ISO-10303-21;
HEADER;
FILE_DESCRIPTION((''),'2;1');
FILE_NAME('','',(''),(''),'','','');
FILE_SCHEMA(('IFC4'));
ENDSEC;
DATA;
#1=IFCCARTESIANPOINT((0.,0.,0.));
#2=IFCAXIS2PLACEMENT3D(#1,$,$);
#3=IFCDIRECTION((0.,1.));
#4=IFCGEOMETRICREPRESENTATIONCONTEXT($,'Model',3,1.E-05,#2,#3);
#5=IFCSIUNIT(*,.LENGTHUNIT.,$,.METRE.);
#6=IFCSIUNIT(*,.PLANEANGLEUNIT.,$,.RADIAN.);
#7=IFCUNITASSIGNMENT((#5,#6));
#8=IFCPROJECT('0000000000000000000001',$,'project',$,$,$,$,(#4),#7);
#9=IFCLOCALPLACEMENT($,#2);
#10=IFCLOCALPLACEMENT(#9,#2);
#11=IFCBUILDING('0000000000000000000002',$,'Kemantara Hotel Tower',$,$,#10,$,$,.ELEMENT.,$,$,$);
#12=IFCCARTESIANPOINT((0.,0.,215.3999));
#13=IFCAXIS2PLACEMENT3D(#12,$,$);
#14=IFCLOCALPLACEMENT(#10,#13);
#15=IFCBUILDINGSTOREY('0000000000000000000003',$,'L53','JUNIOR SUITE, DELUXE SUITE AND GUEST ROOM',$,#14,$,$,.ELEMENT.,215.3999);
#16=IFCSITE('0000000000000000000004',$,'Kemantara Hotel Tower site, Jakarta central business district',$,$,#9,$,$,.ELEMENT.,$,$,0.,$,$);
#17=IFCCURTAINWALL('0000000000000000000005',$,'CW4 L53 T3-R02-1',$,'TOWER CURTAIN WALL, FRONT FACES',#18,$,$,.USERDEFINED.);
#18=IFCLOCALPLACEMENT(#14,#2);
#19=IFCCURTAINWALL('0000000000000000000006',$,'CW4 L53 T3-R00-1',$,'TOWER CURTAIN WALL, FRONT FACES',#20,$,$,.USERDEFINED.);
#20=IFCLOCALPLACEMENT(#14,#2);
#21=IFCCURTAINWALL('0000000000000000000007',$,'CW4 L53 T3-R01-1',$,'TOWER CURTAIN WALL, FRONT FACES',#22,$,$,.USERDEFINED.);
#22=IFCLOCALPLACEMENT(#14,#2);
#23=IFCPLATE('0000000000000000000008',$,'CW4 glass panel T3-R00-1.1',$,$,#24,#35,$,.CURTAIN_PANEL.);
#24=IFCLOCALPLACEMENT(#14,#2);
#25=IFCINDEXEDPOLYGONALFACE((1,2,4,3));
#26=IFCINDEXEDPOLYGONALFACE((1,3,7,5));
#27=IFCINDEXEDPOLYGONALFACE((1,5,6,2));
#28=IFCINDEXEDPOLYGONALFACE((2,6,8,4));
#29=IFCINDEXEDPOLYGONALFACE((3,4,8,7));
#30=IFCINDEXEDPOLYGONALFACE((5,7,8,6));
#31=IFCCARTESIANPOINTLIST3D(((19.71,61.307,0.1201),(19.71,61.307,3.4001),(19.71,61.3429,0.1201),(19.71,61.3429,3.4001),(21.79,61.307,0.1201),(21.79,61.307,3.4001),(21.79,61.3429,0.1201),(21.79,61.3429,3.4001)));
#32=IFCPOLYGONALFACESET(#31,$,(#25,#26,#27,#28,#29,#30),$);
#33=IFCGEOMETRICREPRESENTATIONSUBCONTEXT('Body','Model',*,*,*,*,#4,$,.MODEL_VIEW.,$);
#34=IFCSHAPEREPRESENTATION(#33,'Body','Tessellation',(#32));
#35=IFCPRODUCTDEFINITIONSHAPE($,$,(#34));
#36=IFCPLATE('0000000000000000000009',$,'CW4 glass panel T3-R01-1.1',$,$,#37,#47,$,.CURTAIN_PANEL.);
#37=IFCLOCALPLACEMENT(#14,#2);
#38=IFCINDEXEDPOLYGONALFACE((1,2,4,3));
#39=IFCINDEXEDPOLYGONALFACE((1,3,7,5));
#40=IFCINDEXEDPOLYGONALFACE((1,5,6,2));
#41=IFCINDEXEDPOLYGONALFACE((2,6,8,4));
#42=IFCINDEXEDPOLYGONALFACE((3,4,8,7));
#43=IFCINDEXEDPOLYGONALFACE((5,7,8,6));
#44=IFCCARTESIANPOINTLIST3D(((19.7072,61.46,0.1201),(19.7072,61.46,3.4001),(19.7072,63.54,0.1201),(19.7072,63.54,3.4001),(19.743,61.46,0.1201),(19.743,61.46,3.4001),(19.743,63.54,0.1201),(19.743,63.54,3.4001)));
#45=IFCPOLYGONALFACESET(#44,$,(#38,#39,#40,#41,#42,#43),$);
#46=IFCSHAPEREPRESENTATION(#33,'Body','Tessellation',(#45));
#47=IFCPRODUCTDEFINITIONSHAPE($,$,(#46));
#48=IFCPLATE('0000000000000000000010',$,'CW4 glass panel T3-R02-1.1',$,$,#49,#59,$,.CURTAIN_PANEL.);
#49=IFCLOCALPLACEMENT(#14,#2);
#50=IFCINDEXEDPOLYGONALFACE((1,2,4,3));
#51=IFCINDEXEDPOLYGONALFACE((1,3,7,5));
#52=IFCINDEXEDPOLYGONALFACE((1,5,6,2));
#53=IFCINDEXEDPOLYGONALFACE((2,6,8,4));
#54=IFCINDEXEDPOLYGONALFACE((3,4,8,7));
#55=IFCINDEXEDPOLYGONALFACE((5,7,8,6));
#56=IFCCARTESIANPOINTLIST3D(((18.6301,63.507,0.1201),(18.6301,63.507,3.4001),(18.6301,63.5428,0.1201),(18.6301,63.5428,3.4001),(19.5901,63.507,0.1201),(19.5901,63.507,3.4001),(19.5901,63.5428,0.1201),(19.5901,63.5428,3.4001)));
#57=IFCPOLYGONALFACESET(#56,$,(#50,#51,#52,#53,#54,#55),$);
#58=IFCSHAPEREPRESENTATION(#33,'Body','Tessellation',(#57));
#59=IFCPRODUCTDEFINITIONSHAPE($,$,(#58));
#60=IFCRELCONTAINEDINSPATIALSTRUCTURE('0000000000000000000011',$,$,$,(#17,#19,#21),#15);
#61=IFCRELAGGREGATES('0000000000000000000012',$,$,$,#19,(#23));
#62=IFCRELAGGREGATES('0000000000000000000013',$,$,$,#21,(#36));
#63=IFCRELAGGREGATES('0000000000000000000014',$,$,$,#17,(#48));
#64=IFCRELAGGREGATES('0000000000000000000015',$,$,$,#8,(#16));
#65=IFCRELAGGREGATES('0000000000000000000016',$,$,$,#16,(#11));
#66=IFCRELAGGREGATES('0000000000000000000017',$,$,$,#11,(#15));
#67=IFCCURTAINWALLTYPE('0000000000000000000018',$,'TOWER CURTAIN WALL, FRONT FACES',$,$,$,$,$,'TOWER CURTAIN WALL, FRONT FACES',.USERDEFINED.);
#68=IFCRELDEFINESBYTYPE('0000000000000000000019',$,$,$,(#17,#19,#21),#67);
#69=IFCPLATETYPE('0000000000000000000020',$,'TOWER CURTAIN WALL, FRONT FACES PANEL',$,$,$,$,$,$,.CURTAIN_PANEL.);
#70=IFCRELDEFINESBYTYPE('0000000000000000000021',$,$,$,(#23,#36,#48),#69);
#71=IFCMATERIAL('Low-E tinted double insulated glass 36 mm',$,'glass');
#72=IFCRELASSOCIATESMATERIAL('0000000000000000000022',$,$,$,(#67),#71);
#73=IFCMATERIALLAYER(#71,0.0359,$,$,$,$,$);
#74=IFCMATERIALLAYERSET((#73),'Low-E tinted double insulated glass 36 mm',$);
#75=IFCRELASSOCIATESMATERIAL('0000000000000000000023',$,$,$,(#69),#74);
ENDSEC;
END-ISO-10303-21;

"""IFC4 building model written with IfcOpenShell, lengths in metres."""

from ifc_helpers import new_model, si_unit, direction, frame, origin, origin_2d, place, context, subcontext, project, spatial, rectangle, extrude, source, transform, mapped, material, layer, layer_set, type_object, element, aggregate, save


model = new_model("IFC4")

# Units and contexts
model_context = context("Model", 3, precision=1e-05, world=origin(), true_north=direction((0.0, 1.0)))
body_context = subcontext(model_context, "Body", "Model", "MODEL_VIEW")
ifc_project = project(units=[si_unit("LENGTHUNIT", "METRE"), si_unit("PLANEANGLEUNIT", "RADIAN")], contexts=[model_context])

# Site, building, storey
site_placement = place(None, origin())
site = spatial("IfcSite", under=ifc_project, at=site_placement, Name="Kemantara Hotel Tower site, Jakarta central business district", CompositionType="ELEMENT", RefElevation=0.0)
building_placement = place(site_placement, origin())
building = spatial("IfcBuilding", under=site, at=building_placement, Name="Kemantara Hotel Tower", CompositionType="ELEMENT")
storey_placement = place(building_placement, frame((0.0, 0.0, 215.3999)))
storey = spatial("IfcBuildingStorey", under=building, at=storey_placement, Name="L53", Description="JUNIOR SUITE, DELUXE SUITE AND GUEST ROOM", CompositionType="ELEMENT", Elevation=215.3999)

# Curtain walls
ifc_material_1 = material(Name="Low-E tinted double insulated glass 36 mm", Category="glass")
curtain_wall_type = type_object("IfcCurtainWallType", Name="TOWER CURTAIN WALL, FRONT FACES", ElementType="TOWER CURTAIN WALL, FRONT FACES", PredefinedType="USERDEFINED", material=ifc_material_1)
curtain_wall_1_placement = place(storey_placement, origin())
curtain_wall_1 = element("IfcCurtainWall", 1, at=curtain_wall_1_placement, inside=storey, type_object=curtain_wall_type, Name="CW4 L53 T3-R02-1", ObjectType="TOWER CURTAIN WALL, FRONT FACES", PredefinedType="USERDEFINED")
curtain_wall_2_placement = place(storey_placement, origin())
curtain_wall_2 = element("IfcCurtainWall", 2, at=curtain_wall_2_placement, inside=storey, type_object=curtain_wall_type, Name="CW4 L53 T3-R00-1", ObjectType="TOWER CURTAIN WALL, FRONT FACES", PredefinedType="USERDEFINED")
curtain_wall_3_placement = place(storey_placement, origin())
curtain_wall_3 = element("IfcCurtainWall", 3, at=curtain_wall_3_placement, inside=storey, type_object=curtain_wall_type, Name="CW4 L53 T3-R01-1", ObjectType="TOWER CURTAIN WALL, FRONT FACES", PredefinedType="USERDEFINED")

# Plates
ifc_layer_1 = layer(ifc_material_1, 0.0359)
ifc_layer_set_1 = layer_set([ifc_layer_1], Name="Low-E tinted double insulated glass 36 mm")
plate_type = type_object("IfcPlateType", Name="TOWER CURTAIN WALL, FRONT FACES PANEL", PredefinedType="CURTAIN_PANEL", material=ifc_layer_set_1)
shared_shape_1 = source(origin(), body_context, "Body", "SweptSolid", [
    extrude(rectangle(XDim=2.0801, YDim=0.0359, at=origin_2d()), origin(), (0.0, 0.0, 1.0), 3.28),
])
plate_1_placement = place(storey_placement, frame((20.75, 61.325, 0.1201), z_axis=(0.0, 0.0, 1.0), x_axis=(-1.0, 0.0, 0.0)))
plate_1 = element("IfcPlate", 4, at=plate_1_placement, type_object=plate_type, Name="CW4 glass panel T3-R00-1.1", PredefinedType="CURTAIN_PANEL", context=body_context, shape_type="MappedRepresentation", body=[
    mapped(shared_shape_1, transform((0.0, 0.0, 0.0))),
])
aggregate(curtain_wall_2, [plate_1])
plate_2_placement = place(storey_placement, frame((19.7251, 62.5, 0.1201), z_axis=(0.0, 0.0, 1.0), x_axis=(0.0, 1.0, 0.0)))
plate_2 = element("IfcPlate", 5, at=plate_2_placement, type_object=plate_type, Name="CW4 glass panel T3-R01-1.1", PredefinedType="CURTAIN_PANEL", context=body_context, shape_type="MappedRepresentation", body=[
    mapped(shared_shape_1, transform((0.0, 0.0, 0.0))),
])
aggregate(curtain_wall_3, [plate_2])
shared_shape_2 = source(origin(), body_context, "Body", "SweptSolid", [
    extrude(rectangle(XDim=0.96, YDim=0.0359, at=origin_2d()), origin(), (0.0, 0.0, 1.0), 3.28),
])
plate_3_placement = place(storey_placement, frame((19.1101, 63.5249, 0.1201), z_axis=(0.0, 0.0, 1.0), x_axis=(-1.0, 0.0, 0.0)))
plate_3 = element("IfcPlate", 6, at=plate_3_placement, type_object=plate_type, Name="CW4 glass panel T3-R02-1.1", PredefinedType="CURTAIN_PANEL", context=body_context, shape_type="MappedRepresentation", body=[
    mapped(shared_shape_2, transform((0.0, 0.0, 0.0))),
])
aggregate(curtain_wall_1, [plate_3])

save(model, "model.ifc")
